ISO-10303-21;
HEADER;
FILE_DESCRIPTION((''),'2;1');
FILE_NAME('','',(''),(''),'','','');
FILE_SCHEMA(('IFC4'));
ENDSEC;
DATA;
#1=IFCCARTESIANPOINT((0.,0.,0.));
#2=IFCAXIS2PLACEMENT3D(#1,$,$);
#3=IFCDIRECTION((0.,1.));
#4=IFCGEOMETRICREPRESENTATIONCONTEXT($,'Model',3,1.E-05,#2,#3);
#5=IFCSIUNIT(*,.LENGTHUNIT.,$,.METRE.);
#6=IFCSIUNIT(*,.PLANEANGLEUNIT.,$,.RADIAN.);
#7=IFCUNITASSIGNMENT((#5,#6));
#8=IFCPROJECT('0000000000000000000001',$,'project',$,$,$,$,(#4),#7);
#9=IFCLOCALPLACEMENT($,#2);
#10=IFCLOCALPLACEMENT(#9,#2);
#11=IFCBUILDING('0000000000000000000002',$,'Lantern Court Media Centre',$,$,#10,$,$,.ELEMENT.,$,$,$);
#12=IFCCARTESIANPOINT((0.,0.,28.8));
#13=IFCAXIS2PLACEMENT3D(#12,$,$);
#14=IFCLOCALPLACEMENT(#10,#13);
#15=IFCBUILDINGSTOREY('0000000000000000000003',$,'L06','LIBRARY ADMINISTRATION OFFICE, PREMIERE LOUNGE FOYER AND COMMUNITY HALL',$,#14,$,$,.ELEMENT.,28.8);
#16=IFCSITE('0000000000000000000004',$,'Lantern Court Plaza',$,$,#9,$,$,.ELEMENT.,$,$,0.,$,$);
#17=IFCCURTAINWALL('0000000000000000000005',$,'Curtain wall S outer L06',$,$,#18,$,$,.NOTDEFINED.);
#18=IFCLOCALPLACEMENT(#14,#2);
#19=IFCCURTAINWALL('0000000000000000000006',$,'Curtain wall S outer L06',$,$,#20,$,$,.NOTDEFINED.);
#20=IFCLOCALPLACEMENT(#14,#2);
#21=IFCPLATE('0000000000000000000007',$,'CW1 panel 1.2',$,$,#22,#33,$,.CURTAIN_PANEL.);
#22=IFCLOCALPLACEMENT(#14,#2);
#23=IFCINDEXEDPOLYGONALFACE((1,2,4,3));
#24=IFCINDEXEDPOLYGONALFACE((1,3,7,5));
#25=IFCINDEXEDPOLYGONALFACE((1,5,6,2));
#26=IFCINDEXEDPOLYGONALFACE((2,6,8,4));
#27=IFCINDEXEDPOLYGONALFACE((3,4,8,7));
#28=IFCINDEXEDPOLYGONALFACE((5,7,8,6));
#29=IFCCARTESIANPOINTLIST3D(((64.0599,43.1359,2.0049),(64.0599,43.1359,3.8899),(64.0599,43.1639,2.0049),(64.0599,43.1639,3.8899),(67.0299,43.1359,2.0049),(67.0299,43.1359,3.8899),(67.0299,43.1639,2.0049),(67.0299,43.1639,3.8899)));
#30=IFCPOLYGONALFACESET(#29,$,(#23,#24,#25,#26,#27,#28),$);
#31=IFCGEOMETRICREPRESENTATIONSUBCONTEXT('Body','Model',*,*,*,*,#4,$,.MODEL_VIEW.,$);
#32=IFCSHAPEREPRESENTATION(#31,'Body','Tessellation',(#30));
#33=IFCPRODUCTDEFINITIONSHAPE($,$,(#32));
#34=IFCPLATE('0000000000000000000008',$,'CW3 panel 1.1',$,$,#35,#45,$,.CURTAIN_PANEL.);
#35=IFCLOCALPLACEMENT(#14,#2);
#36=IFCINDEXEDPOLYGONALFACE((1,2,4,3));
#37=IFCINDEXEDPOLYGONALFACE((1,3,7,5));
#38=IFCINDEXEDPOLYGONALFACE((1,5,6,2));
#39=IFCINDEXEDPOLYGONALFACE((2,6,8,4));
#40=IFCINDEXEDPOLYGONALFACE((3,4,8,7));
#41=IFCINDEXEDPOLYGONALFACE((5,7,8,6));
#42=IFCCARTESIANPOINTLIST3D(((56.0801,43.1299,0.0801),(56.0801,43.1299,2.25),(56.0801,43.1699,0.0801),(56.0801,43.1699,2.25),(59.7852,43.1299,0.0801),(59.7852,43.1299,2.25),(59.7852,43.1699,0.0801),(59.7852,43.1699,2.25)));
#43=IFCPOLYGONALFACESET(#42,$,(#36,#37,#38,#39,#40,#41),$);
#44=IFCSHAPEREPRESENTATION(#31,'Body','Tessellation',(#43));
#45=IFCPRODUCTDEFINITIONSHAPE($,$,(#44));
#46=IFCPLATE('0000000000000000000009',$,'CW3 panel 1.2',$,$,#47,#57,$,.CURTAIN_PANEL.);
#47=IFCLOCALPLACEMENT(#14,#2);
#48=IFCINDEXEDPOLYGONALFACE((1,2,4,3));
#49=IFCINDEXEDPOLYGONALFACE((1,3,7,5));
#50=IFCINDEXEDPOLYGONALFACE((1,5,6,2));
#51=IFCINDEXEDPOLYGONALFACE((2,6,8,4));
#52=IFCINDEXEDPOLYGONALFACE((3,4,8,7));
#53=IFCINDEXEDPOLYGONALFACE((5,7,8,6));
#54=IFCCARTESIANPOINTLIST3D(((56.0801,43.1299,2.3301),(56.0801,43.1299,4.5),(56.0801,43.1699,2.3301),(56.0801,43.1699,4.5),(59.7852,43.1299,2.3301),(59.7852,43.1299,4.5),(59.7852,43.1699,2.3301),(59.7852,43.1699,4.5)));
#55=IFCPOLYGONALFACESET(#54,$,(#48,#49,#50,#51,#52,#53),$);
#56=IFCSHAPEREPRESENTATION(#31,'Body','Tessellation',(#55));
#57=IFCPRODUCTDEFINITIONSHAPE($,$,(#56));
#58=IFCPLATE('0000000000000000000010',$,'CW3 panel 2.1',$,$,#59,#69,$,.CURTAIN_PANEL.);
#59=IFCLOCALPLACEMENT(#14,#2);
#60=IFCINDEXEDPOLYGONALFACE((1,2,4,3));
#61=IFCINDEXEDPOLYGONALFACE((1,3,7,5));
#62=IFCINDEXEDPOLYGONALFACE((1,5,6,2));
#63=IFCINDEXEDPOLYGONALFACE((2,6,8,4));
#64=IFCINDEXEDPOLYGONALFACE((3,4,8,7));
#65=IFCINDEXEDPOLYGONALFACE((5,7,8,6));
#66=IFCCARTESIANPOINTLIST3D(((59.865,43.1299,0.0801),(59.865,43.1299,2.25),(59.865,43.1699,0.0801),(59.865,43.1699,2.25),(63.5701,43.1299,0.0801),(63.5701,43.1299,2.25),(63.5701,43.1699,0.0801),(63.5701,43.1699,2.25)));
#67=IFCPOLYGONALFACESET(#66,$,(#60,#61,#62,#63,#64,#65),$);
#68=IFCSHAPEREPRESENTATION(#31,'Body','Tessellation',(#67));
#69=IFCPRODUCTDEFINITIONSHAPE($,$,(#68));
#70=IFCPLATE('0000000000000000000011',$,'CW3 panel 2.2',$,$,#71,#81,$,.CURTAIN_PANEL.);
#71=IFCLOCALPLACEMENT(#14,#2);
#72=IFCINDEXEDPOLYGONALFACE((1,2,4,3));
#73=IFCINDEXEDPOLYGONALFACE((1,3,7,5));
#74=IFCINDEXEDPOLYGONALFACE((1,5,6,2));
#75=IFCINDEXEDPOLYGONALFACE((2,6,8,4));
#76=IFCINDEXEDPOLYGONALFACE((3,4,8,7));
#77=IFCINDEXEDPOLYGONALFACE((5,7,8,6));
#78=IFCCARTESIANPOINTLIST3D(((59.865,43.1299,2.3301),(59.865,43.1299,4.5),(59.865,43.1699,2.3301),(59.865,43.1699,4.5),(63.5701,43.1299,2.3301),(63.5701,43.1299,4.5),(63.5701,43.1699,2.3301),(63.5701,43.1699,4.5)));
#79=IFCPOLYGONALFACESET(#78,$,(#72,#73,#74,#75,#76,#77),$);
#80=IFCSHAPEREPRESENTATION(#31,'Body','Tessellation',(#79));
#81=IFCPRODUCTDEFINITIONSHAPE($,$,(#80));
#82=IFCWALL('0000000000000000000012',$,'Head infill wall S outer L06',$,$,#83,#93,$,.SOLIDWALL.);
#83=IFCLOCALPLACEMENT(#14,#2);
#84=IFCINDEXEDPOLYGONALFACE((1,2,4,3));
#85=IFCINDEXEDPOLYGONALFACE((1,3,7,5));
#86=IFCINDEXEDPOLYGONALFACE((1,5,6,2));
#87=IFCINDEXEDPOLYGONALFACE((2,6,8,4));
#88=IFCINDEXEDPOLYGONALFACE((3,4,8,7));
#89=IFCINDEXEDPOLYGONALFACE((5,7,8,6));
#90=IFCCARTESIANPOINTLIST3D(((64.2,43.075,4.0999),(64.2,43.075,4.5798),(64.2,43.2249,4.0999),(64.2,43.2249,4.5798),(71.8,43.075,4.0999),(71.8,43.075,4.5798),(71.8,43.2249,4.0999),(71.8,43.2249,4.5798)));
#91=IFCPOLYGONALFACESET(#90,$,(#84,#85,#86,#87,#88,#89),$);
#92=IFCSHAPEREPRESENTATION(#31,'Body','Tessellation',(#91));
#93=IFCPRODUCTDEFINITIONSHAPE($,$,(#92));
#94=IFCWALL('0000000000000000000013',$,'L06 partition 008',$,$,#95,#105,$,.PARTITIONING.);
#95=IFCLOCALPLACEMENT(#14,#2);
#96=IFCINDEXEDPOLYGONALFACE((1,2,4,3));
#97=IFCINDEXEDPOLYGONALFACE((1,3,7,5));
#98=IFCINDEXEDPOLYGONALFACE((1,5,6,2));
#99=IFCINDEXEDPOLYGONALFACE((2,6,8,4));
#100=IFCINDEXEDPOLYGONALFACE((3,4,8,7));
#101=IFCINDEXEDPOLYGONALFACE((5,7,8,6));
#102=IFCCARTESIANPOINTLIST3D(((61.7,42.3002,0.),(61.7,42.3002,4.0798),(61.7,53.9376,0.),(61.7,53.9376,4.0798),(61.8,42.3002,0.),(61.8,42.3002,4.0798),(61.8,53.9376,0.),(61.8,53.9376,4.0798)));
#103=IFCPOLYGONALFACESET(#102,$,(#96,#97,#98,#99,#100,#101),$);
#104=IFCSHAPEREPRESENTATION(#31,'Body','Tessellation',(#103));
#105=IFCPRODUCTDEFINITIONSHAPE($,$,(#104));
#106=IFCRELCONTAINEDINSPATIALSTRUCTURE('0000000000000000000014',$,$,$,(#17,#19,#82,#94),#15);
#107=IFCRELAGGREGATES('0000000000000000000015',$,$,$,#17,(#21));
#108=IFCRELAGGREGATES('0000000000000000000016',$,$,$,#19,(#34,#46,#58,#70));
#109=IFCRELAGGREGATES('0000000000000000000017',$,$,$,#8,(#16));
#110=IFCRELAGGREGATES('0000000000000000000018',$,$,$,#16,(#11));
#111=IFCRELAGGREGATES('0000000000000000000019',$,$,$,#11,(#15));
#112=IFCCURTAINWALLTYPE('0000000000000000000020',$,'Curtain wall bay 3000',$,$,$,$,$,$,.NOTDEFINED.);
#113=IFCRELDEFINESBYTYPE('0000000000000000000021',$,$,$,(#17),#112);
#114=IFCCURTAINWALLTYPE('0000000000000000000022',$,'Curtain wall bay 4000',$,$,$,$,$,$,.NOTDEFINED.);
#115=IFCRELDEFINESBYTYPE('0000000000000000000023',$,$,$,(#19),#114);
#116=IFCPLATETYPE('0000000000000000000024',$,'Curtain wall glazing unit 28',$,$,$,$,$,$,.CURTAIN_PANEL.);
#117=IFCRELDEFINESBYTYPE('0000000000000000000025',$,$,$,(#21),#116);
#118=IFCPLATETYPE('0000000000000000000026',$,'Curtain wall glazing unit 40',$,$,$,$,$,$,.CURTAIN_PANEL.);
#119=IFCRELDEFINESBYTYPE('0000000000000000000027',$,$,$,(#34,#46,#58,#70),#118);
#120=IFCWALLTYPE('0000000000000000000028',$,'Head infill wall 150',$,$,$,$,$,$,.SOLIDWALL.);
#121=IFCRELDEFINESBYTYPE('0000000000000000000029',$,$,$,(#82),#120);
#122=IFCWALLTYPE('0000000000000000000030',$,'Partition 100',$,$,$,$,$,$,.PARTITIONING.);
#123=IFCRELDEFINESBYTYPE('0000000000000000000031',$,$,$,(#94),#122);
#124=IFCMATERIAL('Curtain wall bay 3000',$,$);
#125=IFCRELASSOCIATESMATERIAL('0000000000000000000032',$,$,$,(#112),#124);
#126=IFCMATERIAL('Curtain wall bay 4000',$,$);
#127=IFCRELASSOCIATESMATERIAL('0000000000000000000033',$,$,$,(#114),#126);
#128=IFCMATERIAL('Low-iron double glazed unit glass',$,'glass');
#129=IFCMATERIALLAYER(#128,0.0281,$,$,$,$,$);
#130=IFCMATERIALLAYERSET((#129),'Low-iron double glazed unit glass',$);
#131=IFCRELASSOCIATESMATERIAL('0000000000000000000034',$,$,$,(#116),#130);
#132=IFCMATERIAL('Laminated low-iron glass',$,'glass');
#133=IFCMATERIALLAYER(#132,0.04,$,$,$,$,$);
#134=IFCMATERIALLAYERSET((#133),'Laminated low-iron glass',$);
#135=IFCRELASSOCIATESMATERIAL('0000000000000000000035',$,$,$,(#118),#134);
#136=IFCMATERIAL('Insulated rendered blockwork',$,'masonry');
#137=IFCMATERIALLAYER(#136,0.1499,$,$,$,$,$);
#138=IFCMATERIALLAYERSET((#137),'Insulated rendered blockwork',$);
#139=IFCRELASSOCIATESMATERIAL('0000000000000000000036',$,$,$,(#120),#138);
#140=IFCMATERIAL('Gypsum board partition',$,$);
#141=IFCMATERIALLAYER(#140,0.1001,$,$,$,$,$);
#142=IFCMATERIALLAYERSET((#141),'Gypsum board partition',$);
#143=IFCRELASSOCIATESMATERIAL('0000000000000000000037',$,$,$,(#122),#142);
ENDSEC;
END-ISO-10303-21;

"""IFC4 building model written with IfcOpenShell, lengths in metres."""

from ifc_helpers import new_model, si_unit, direction, frame, frame_2d, origin, origin_2d, place, context, subcontext, project, spatial, rectangle, extrude, material, layer, layer_set, type_object, element, aggregate, save


model = new_model("IFC4")

# Units and contexts
model_context = context("Model", 3, precision=1e-05, world=origin(), true_north=direction((0.0, 1.0)))
body_context = subcontext(model_context, "Body", "Model", "MODEL_VIEW")
ifc_project = project(units=[si_unit("LENGTHUNIT", "METRE"), si_unit("PLANEANGLEUNIT", "RADIAN")], contexts=[model_context])

# Site, building, storey
site_placement = place(None, origin())
site = spatial("IfcSite", under=ifc_project, at=site_placement, Name="Lantern Court Plaza", CompositionType="ELEMENT", RefElevation=0.0)
building_placement = place(site_placement, origin())
building = spatial("IfcBuilding", under=site, at=building_placement, Name="Lantern Court Media Centre", CompositionType="ELEMENT")
storey_placement = place(building_placement, frame((0.0, 0.0, 28.8)))
storey = spatial("IfcBuildingStorey", under=building, at=storey_placement, Name="L06", Description="LIBRARY ADMINISTRATION OFFICE, PREMIERE LOUNGE FOYER AND COMMUNITY HALL", CompositionType="ELEMENT", Elevation=28.8)

# Curtain walls
ifc_material_1 = material(Name="Curtain wall bay 3000")
curtain_wall_type_1 = type_object("IfcCurtainWallType", Name="Curtain wall bay 3000", PredefinedType="NOTDEFINED", material=ifc_material_1)
curtain_wall_1_placement = place(storey_placement, origin())
curtain_wall_1 = element("IfcCurtainWall", 1, at=curtain_wall_1_placement, inside=storey, type_object=curtain_wall_type_1, Name="Curtain wall S outer L06", PredefinedType="NOTDEFINED")
ifc_material_2 = material(Name="Curtain wall bay 4000")
curtain_wall_type_2 = type_object("IfcCurtainWallType", Name="Curtain wall bay 4000", PredefinedType="NOTDEFINED", material=ifc_material_2)
curtain_wall_2_placement = place(storey_placement, origin())
curtain_wall_2 = element("IfcCurtainWall", 2, at=curtain_wall_2_placement, inside=storey, type_object=curtain_wall_type_2, Name="Curtain wall S outer L06", PredefinedType="NOTDEFINED")

# Plates
ifc_material_3 = material(Name="Low-iron double glazed unit glass", Category="glass")
ifc_layer_1 = layer(ifc_material_3, 0.0281)
ifc_layer_set_1 = layer_set([ifc_layer_1], Name="Low-iron double glazed unit glass")
plate_type_1 = type_object("IfcPlateType", Name="Curtain wall glazing unit 28", PredefinedType="CURTAIN_PANEL", material=ifc_layer_set_1)
plate_1_placement = place(storey_placement, frame((65.5449, 43.1499, 2.0049), z_axis=(0.0, 0.0, 1.0), x_axis=(1.0, 0.0, 0.0)))
plate_1 = element("IfcPlate", 3, at=plate_1_placement, type_object=plate_type_1, Name="CW1 panel 1.2", PredefinedType="CURTAIN_PANEL", context=body_context, shape_type="SweptSolid", body=[
    extrude(rectangle(XDim=2.97, YDim=0.0281, at=origin_2d()), origin(), (0.0, 0.0, 1.0), 1.885),
])
aggregate(curtain_wall_1, [plate_1])
ifc_material_4 = material(Name="Laminated low-iron glass", Category="glass")
ifc_layer_2 = layer(ifc_material_4, 0.04)
ifc_layer_set_2 = layer_set([ifc_layer_2], Name="Laminated low-iron glass")
plate_type_2 = type_object("IfcPlateType", Name="Curtain wall glazing unit 40", PredefinedType="CURTAIN_PANEL", material=ifc_layer_set_2)
plate_2_placement = place(storey_placement, frame((57.9326, 43.1499, 0.0801), z_axis=(0.0, 0.0, 1.0), x_axis=(1.0, 0.0, 0.0)))
plate_2 = element("IfcPlate", 4, at=plate_2_placement, type_object=plate_type_2, Name="CW3 panel 1.1", PredefinedType="CURTAIN_PANEL", context=body_context, shape_type="SweptSolid", body=[
    extrude(rectangle(XDim=3.7051, YDim=0.04, at=origin_2d()), origin(), (0.0, 0.0, 1.0), 2.1699),
])
plate_3_placement = place(storey_placement, frame((57.9326, 43.1499, 2.3301), z_axis=(0.0, 0.0, 1.0), x_axis=(1.0, 0.0, 0.0)))
plate_3 = element("IfcPlate", 5, at=plate_3_placement, type_object=plate_type_2, Name="CW3 panel 1.2", PredefinedType="CURTAIN_PANEL", context=body_context, shape_type="SweptSolid", body=[
    extrude(rectangle(XDim=3.7051, YDim=0.04, at=origin_2d()), origin(), (0.0, 0.0, 1.0), 2.1699),
])
plate_4_placement = place(storey_placement, frame((61.7175, 43.1499, 0.0801), z_axis=(0.0, 0.0, 1.0), x_axis=(1.0, 0.0, 0.0)))
plate_4 = element("IfcPlate", 6, at=plate_4_placement, type_object=plate_type_2, Name="CW3 panel 2.1", PredefinedType="CURTAIN_PANEL", context=body_context, shape_type="SweptSolid", body=[
    extrude(rectangle(XDim=3.7051, YDim=0.04, at=origin_2d()), origin(), (0.0, 0.0, 1.0), 2.1699),
])
plate_5_placement = place(storey_placement, frame((61.7175, 43.1499, 2.3301), z_axis=(0.0, 0.0, 1.0), x_axis=(1.0, 0.0, 0.0)))
plate_5 = element("IfcPlate", 7, at=plate_5_placement, type_object=plate_type_2, Name="CW3 panel 2.2", PredefinedType="CURTAIN_PANEL", context=body_context, shape_type="SweptSolid", body=[
    extrude(rectangle(XDim=3.7051, YDim=0.04, at=origin_2d()), origin(), (0.0, 0.0, 1.0), 2.1699),
])
aggregate(curtain_wall_2, [plate_2, plate_3, plate_4, plate_5])

# Walls
ifc_material_5 = material(Name="Insulated rendered blockwork", Category="masonry")
ifc_layer_3 = layer(ifc_material_5, 0.1499)
ifc_layer_set_3 = layer_set([ifc_layer_3], Name="Insulated rendered blockwork")
wall_type_1 = type_object("IfcWallType", Name="Head infill wall 150", PredefinedType="SOLIDWALL", material=ifc_layer_set_3)
wall_1_placement = place(storey_placement, frame((64.2, 43.1499, 4.0999), z_axis=(0.0, 0.0, 1.0), x_axis=(1.0, 0.0, 0.0)))
element("IfcWall", 8, at=wall_1_placement, inside=storey, type_object=wall_type_1, Name="Head infill wall S outer L06", PredefinedType="SOLIDWALL", context=body_context, shape_type="SweptSolid", body=[
    extrude(rectangle(XDim=7.6001, YDim=0.1499, at=frame_2d((3.8, 0.0))), origin(), (0.0, 0.0, 1.0), 0.48),
])
ifc_material_6 = material(Name="Gypsum board partition")
ifc_layer_4 = layer(ifc_material_6, 0.1001)
ifc_layer_set_4 = layer_set([ifc_layer_4], Name="Gypsum board partition")
wall_type_2 = type_object("IfcWallType", Name="Partition 100", PredefinedType="PARTITIONING", material=ifc_layer_set_4)
wall_2_placement = place(storey_placement, frame((61.75, 42.3, 0.0), z_axis=(0.0, 0.0, 1.0), x_axis=(0.0, 1.0, 0.0)))
element("IfcWall", 9, at=wall_2_placement, inside=storey, type_object=wall_type_2, Name="L06 partition 008", PredefinedType="PARTITIONING", context=body_context, shape_type="SweptSolid", body=[
    extrude(rectangle(XDim=11.6375, YDim=0.1001, at=frame_2d((5.8188, 0.0))), origin(), (0.0, 0.0, 1.0), 4.0798),
])

save(model, "model.ifc")
